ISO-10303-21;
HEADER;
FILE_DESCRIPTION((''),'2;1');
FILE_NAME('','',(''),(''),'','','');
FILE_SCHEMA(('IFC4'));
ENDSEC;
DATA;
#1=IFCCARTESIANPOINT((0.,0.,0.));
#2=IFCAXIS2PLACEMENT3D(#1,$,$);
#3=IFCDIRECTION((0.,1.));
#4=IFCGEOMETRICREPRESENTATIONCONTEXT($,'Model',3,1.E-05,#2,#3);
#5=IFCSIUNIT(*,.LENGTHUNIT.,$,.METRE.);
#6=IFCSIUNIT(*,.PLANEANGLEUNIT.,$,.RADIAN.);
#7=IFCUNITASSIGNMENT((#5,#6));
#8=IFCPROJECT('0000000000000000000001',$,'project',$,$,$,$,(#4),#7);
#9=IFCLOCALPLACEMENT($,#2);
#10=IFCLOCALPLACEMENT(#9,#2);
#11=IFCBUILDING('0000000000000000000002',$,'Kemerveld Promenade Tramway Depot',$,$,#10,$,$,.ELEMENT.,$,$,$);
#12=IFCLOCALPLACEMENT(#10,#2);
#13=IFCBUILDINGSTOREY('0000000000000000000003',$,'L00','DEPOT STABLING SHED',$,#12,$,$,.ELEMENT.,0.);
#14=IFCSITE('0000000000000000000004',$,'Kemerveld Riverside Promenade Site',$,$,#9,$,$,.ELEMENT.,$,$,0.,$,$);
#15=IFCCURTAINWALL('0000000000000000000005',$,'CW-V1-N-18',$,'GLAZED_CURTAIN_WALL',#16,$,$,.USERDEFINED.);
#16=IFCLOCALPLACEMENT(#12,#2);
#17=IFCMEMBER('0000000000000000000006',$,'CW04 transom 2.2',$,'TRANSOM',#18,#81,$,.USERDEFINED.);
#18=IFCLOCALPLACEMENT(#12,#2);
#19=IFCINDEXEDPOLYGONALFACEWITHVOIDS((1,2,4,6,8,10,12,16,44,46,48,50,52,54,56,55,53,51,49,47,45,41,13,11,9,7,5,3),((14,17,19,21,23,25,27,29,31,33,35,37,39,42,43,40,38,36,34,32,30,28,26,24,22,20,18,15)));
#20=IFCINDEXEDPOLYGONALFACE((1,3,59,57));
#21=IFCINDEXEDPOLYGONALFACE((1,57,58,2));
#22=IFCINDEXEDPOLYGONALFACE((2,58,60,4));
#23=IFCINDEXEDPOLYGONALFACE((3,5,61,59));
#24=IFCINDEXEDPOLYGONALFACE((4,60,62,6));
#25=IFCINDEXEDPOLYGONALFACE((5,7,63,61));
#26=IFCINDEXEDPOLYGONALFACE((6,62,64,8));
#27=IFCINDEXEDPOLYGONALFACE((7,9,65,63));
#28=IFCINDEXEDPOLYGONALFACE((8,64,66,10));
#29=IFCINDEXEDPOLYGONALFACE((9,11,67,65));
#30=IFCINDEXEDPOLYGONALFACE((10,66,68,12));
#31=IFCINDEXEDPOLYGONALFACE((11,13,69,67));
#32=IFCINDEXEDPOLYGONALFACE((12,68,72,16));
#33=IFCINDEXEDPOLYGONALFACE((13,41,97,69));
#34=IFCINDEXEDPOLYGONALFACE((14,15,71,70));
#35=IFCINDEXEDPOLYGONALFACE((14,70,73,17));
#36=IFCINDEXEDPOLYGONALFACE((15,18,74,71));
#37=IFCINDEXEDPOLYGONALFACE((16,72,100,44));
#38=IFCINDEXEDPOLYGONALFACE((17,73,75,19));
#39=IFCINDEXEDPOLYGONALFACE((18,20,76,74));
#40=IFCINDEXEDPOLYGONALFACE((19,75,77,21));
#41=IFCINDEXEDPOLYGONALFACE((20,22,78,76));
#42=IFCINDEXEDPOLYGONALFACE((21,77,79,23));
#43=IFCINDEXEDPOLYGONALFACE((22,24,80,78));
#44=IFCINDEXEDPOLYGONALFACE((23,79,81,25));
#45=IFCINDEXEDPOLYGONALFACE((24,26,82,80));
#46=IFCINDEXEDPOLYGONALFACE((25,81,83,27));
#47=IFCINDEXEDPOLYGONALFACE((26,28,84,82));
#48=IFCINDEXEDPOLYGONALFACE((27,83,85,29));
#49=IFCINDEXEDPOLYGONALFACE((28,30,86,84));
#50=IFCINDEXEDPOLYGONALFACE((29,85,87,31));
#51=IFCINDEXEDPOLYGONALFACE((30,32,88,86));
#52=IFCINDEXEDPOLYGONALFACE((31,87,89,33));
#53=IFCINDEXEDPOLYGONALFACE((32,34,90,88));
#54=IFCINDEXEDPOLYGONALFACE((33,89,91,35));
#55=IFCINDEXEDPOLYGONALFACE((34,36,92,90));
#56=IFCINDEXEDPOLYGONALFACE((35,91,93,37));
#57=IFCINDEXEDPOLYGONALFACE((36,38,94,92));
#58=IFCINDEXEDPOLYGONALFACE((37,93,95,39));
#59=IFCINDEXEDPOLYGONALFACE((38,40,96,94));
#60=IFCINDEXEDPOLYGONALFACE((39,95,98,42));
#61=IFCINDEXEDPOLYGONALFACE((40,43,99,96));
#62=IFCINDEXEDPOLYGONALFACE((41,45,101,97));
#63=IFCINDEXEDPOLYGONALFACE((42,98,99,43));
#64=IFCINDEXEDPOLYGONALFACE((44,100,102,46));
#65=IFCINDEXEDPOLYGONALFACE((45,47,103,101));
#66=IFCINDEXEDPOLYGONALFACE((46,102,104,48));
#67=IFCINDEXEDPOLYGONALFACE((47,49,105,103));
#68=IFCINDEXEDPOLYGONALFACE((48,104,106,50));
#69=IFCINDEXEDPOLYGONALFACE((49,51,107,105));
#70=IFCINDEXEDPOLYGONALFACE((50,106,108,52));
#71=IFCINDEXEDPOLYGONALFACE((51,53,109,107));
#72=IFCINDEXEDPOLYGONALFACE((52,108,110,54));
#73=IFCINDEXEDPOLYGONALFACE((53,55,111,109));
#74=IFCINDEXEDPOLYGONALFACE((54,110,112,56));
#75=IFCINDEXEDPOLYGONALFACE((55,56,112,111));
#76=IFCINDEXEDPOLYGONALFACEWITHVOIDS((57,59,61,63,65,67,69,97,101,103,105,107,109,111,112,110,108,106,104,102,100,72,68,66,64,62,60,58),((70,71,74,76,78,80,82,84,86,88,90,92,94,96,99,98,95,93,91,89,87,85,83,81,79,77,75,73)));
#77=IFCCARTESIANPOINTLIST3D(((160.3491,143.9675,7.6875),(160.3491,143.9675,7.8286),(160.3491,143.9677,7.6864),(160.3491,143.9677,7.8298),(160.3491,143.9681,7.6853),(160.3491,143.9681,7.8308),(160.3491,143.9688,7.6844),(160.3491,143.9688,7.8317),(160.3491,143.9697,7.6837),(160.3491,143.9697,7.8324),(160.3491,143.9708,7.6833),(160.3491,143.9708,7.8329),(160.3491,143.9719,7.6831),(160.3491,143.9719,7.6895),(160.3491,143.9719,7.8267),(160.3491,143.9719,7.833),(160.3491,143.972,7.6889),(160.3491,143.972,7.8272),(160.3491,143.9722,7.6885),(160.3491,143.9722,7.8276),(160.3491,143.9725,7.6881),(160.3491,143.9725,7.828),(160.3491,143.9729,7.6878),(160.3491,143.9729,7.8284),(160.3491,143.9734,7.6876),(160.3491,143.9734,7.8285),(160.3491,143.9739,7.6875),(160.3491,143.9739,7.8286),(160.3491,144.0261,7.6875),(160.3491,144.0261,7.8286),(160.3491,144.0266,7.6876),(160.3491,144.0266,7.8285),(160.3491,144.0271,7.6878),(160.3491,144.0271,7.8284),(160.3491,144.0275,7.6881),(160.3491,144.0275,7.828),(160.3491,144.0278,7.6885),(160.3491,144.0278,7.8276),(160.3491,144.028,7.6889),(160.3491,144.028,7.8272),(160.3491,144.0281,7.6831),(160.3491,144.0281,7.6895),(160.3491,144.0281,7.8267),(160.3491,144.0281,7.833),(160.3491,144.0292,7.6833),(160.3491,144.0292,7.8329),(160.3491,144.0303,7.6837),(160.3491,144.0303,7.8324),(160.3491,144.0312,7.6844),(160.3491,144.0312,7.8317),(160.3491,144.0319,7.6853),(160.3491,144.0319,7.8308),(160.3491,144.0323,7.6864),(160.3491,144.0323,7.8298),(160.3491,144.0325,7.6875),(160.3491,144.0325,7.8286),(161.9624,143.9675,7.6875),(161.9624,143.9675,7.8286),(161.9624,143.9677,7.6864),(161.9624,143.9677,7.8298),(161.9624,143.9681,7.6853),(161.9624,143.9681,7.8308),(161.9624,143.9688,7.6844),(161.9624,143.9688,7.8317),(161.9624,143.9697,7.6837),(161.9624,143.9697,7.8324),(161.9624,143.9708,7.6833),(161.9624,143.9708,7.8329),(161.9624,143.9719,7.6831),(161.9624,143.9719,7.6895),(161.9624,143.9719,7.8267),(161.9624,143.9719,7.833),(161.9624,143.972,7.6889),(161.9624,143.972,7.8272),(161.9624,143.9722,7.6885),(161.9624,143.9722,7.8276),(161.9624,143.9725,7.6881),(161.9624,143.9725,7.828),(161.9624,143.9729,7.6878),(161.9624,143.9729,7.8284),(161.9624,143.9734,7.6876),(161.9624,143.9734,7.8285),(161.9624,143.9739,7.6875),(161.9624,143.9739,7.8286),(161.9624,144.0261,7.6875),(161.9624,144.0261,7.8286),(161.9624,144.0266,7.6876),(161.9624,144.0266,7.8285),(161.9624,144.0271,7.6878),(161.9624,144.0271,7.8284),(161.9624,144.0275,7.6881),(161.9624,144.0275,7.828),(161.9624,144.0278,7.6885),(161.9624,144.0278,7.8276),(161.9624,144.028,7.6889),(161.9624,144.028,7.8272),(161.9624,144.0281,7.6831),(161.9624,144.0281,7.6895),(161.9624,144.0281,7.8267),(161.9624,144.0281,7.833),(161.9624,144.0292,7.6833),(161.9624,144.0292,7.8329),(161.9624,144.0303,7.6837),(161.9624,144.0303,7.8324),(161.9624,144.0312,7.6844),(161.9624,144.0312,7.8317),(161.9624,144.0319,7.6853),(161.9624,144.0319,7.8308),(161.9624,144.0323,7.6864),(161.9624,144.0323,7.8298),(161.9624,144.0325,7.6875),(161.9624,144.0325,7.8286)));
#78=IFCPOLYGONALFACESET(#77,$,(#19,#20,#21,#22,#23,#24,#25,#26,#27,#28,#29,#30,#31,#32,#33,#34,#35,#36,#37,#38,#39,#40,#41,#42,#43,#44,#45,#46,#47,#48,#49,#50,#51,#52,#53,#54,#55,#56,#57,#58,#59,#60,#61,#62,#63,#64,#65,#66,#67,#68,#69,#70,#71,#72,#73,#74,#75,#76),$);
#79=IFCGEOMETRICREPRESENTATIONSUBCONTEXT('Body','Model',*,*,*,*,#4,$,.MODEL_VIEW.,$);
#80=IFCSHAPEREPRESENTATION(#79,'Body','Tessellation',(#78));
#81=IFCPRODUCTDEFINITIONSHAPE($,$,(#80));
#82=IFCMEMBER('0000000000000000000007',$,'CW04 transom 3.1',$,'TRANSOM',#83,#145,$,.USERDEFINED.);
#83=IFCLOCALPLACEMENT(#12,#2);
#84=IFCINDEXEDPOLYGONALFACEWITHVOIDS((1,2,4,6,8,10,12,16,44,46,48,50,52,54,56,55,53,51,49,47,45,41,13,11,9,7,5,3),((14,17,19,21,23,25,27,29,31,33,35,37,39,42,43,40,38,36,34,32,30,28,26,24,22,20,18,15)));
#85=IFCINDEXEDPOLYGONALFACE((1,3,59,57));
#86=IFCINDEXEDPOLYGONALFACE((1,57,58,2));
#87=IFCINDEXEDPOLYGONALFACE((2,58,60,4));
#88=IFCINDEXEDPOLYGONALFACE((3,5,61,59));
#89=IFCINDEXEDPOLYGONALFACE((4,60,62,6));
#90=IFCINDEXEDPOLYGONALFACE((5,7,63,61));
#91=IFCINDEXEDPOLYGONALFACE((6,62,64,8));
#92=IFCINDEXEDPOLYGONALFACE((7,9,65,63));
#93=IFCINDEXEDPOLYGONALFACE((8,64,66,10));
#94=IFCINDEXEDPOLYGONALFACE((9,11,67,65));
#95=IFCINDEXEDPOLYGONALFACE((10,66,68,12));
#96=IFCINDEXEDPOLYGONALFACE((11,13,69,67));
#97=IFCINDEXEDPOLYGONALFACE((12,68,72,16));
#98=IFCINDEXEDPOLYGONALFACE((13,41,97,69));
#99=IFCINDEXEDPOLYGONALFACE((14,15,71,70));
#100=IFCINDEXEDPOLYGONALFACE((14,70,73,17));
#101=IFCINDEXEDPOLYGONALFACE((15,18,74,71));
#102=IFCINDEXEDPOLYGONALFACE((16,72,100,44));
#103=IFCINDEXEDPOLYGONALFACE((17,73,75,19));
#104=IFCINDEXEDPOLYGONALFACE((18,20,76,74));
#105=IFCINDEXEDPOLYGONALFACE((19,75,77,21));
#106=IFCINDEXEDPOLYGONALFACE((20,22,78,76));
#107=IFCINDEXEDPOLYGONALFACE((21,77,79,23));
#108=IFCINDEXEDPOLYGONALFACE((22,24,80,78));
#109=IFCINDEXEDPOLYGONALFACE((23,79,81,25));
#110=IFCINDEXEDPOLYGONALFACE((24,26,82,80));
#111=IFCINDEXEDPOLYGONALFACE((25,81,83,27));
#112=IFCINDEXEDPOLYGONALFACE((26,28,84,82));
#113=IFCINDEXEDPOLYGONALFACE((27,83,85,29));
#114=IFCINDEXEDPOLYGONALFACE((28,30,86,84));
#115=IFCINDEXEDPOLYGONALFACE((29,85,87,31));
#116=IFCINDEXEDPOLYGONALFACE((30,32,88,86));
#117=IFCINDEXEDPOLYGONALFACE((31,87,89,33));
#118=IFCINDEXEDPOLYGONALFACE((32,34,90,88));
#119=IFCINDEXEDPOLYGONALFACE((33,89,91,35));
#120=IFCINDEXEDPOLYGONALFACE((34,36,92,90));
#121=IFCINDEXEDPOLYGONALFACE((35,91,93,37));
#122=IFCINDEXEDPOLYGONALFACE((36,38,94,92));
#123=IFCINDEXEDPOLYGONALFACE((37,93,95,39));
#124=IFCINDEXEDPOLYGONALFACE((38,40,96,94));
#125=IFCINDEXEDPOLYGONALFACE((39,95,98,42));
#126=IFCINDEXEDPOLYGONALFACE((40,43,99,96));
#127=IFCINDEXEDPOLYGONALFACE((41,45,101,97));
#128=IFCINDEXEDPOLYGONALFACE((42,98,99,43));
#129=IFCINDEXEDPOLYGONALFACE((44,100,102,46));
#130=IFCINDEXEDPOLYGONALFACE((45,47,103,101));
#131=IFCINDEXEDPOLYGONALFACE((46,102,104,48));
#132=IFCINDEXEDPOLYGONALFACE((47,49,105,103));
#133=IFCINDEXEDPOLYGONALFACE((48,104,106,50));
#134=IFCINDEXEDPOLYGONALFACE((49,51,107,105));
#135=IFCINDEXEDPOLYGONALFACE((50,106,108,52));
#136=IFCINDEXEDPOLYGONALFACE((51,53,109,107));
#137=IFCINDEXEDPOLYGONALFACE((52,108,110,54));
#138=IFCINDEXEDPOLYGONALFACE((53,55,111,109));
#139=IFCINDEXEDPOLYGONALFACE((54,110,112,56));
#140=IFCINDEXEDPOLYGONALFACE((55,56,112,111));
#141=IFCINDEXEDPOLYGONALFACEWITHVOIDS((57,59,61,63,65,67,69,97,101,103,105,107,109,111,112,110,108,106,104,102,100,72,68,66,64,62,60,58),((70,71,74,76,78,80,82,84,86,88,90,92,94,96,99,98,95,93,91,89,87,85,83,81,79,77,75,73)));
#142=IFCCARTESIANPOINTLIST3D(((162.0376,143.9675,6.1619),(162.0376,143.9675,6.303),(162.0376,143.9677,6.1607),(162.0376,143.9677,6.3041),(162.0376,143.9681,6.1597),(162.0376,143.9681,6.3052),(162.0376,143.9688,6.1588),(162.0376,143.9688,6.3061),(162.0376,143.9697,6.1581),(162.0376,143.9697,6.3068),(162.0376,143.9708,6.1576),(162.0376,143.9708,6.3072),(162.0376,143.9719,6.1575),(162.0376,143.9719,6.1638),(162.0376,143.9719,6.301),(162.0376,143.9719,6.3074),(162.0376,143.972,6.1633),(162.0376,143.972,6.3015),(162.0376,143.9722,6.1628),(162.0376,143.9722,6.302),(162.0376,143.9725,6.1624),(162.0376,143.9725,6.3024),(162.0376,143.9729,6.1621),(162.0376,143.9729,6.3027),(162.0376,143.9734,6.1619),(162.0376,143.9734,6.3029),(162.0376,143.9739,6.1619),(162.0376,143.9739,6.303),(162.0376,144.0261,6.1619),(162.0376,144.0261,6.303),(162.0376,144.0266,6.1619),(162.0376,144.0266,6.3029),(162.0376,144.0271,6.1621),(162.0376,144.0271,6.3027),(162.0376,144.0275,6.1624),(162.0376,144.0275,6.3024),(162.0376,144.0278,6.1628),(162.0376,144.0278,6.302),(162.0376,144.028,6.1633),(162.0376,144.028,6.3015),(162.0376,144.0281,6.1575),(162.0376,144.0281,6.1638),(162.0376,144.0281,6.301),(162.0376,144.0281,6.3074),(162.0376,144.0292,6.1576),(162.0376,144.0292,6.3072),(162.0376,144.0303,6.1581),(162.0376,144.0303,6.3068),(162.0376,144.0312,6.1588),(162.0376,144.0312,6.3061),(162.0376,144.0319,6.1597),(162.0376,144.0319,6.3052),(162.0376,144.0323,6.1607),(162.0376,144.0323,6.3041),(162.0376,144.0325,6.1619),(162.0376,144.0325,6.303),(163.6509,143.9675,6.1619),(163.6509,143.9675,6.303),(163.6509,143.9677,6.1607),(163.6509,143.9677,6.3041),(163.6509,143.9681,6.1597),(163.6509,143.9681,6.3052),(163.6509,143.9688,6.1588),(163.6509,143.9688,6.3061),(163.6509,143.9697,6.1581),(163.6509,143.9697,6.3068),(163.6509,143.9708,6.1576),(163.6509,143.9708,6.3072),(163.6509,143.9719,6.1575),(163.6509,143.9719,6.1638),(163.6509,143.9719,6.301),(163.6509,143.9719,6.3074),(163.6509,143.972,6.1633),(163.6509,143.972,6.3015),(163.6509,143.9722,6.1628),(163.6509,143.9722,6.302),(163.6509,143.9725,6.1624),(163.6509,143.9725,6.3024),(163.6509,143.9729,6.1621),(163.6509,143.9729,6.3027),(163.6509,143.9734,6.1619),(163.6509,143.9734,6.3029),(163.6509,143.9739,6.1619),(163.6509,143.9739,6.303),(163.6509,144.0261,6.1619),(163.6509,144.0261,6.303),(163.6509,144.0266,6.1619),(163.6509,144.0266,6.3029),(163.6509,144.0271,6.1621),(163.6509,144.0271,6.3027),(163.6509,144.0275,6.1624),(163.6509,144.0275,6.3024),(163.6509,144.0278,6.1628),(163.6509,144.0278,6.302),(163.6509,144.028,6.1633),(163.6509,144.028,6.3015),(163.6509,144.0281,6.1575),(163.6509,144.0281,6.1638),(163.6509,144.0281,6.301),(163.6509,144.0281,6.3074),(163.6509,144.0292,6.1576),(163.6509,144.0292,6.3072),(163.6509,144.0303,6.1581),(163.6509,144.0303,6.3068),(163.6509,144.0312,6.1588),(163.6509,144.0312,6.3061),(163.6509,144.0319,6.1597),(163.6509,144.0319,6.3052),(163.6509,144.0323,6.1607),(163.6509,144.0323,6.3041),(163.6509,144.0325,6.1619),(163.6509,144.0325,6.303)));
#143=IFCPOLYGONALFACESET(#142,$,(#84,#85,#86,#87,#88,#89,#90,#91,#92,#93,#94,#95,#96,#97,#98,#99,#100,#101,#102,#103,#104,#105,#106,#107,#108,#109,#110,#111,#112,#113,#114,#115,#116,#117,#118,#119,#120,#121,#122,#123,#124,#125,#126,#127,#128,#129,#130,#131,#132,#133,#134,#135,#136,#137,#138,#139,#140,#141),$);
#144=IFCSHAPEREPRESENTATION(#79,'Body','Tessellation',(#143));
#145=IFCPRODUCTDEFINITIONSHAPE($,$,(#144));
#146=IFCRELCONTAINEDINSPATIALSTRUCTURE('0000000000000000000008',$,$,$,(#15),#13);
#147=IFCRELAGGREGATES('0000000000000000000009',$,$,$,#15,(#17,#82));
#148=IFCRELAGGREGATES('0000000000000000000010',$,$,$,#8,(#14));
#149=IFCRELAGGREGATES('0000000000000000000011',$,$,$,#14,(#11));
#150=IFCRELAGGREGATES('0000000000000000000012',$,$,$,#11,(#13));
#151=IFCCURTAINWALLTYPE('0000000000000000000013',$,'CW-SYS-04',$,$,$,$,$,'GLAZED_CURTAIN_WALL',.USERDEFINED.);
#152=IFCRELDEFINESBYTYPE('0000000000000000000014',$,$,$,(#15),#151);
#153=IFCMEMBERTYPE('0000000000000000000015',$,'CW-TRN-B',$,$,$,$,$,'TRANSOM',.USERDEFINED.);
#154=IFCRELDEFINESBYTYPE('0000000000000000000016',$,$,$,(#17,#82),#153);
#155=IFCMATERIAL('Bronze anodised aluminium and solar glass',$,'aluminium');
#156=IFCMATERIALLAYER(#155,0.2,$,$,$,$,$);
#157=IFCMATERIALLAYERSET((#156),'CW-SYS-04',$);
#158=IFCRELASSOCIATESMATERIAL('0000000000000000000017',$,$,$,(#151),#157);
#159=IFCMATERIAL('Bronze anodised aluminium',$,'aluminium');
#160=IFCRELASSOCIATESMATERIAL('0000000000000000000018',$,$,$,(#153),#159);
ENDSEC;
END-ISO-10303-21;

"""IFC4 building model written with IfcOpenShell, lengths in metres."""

from ifc_helpers import new_model, si_unit, direction, frame, origin, origin_2d, place, context, subcontext, project, spatial, hollow_rectangle, extrude, material, layer, layer_set, material_profile, profile_set, type_object, element, aggregate, save


model = new_model("IFC4")

# Units and contexts
model_context = context("Model", 3, precision=1e-05, world=origin(), true_north=direction((0.0, 1.0)))
body_context = subcontext(model_context, "Body", "Model", "MODEL_VIEW")
ifc_project = project(units=[si_unit("LENGTHUNIT", "METRE"), si_unit("PLANEANGLEUNIT", "RADIAN")], contexts=[model_context])

# Site, building, storey
site_placement = place(None, origin())
site = spatial("IfcSite", under=ifc_project, at=site_placement, Name="Kemerveld Riverside Promenade Site", CompositionType="ELEMENT", RefElevation=0.0)
building_placement = place(site_placement, origin())
building = spatial("IfcBuilding", under=site, at=building_placement, Name="Kemerveld Promenade Tramway Depot", CompositionType="ELEMENT")
storey_placement = place(building_placement, origin())
storey = spatial("IfcBuildingStorey", under=building, at=storey_placement, Name="L00", Description="DEPOT STABLING SHED", CompositionType="ELEMENT", Elevation=0.0)

# Shared definitions
ifc_material_1 = material(Name="Bronze anodised aluminium and solar glass", Category="aluminium")
ifc_material_2 = material(Name="Bronze anodised aluminium", Category="aluminium")

# Curtain wall
ifc_layer_1 = layer(ifc_material_1, 0.2)
ifc_layer_set_1 = layer_set([ifc_layer_1], Name="CW-SYS-04")
curtain_wall_type_1 = type_object("IfcCurtainWallType", Name="CW-SYS-04", ElementType="GLAZED_CURTAIN_WALL", PredefinedType="USERDEFINED", material=ifc_layer_set_1)
curtain_wall_1_placement = place(storey_placement, origin())
curtain_wall_1 = element("IfcCurtainWall", 1, at=curtain_wall_1_placement, inside=storey, type_object=curtain_wall_type_1, Name="CW-V1-N-18", ObjectType="GLAZED_CURTAIN_WALL", PredefinedType="USERDEFINED")

# Members
ifc_material_profile_1 = material_profile(ifc_material_2, hollow_rectangle(XDim=0.0649, YDim=0.1499, WallThickness=0.0044, InnerFilletRadius=0.002, OuterFilletRadius=0.0044, at=origin_2d()), Name="CW-TRN-150x65")
ifc_profile_set_1 = profile_set([ifc_material_profile_1], Name="Bronze anodised aluminium")
member_type_1 = type_object("IfcMemberType", Name="CW-TRN-B", ElementType="TRANSOM", PredefinedType="USERDEFINED", material=ifc_profile_set_1)
member_1_placement = place(storey_placement, frame((160.3491, 144.0, 7.7581), z_axis=(1.0, 0.0, 0.0), x_axis=(0.0, 1.0, 0.0)))
member_1 = element("IfcMember", 2, at=member_1_placement, type_object=member_type_1, Name="CW04 transom 2.2", ObjectType="TRANSOM", PredefinedType="USERDEFINED", context=body_context, shape_type="SweptSolid", body=[
    extrude(hollow_rectangle(XDim=0.0649, YDim=0.1499, WallThickness=0.0044, InnerFilletRadius=0.002, OuterFilletRadius=0.0044, at=origin_2d()), origin(), (0.0, 0.0, 1.0), 1.6133),
])
member_2_placement = place(storey_placement, frame((162.0376, 144.0, 6.2324), z_axis=(1.0, 0.0, 0.0), x_axis=(0.0, 1.0, 0.0)))
member_2 = element("IfcMember", 3, at=member_2_placement, type_object=member_type_1, Name="CW04 transom 3.1", ObjectType="TRANSOM", PredefinedType="USERDEFINED", context=body_context, shape_type="SweptSolid", body=[
    extrude(hollow_rectangle(XDim=0.0649, YDim=0.1499, WallThickness=0.0044, InnerFilletRadius=0.002, OuterFilletRadius=0.0044, at=origin_2d()), origin(), (0.0, 0.0, 1.0), 1.6133),
])

aggregate(curtain_wall_1, [member_1, member_2])

save(model, "model.ifc")
